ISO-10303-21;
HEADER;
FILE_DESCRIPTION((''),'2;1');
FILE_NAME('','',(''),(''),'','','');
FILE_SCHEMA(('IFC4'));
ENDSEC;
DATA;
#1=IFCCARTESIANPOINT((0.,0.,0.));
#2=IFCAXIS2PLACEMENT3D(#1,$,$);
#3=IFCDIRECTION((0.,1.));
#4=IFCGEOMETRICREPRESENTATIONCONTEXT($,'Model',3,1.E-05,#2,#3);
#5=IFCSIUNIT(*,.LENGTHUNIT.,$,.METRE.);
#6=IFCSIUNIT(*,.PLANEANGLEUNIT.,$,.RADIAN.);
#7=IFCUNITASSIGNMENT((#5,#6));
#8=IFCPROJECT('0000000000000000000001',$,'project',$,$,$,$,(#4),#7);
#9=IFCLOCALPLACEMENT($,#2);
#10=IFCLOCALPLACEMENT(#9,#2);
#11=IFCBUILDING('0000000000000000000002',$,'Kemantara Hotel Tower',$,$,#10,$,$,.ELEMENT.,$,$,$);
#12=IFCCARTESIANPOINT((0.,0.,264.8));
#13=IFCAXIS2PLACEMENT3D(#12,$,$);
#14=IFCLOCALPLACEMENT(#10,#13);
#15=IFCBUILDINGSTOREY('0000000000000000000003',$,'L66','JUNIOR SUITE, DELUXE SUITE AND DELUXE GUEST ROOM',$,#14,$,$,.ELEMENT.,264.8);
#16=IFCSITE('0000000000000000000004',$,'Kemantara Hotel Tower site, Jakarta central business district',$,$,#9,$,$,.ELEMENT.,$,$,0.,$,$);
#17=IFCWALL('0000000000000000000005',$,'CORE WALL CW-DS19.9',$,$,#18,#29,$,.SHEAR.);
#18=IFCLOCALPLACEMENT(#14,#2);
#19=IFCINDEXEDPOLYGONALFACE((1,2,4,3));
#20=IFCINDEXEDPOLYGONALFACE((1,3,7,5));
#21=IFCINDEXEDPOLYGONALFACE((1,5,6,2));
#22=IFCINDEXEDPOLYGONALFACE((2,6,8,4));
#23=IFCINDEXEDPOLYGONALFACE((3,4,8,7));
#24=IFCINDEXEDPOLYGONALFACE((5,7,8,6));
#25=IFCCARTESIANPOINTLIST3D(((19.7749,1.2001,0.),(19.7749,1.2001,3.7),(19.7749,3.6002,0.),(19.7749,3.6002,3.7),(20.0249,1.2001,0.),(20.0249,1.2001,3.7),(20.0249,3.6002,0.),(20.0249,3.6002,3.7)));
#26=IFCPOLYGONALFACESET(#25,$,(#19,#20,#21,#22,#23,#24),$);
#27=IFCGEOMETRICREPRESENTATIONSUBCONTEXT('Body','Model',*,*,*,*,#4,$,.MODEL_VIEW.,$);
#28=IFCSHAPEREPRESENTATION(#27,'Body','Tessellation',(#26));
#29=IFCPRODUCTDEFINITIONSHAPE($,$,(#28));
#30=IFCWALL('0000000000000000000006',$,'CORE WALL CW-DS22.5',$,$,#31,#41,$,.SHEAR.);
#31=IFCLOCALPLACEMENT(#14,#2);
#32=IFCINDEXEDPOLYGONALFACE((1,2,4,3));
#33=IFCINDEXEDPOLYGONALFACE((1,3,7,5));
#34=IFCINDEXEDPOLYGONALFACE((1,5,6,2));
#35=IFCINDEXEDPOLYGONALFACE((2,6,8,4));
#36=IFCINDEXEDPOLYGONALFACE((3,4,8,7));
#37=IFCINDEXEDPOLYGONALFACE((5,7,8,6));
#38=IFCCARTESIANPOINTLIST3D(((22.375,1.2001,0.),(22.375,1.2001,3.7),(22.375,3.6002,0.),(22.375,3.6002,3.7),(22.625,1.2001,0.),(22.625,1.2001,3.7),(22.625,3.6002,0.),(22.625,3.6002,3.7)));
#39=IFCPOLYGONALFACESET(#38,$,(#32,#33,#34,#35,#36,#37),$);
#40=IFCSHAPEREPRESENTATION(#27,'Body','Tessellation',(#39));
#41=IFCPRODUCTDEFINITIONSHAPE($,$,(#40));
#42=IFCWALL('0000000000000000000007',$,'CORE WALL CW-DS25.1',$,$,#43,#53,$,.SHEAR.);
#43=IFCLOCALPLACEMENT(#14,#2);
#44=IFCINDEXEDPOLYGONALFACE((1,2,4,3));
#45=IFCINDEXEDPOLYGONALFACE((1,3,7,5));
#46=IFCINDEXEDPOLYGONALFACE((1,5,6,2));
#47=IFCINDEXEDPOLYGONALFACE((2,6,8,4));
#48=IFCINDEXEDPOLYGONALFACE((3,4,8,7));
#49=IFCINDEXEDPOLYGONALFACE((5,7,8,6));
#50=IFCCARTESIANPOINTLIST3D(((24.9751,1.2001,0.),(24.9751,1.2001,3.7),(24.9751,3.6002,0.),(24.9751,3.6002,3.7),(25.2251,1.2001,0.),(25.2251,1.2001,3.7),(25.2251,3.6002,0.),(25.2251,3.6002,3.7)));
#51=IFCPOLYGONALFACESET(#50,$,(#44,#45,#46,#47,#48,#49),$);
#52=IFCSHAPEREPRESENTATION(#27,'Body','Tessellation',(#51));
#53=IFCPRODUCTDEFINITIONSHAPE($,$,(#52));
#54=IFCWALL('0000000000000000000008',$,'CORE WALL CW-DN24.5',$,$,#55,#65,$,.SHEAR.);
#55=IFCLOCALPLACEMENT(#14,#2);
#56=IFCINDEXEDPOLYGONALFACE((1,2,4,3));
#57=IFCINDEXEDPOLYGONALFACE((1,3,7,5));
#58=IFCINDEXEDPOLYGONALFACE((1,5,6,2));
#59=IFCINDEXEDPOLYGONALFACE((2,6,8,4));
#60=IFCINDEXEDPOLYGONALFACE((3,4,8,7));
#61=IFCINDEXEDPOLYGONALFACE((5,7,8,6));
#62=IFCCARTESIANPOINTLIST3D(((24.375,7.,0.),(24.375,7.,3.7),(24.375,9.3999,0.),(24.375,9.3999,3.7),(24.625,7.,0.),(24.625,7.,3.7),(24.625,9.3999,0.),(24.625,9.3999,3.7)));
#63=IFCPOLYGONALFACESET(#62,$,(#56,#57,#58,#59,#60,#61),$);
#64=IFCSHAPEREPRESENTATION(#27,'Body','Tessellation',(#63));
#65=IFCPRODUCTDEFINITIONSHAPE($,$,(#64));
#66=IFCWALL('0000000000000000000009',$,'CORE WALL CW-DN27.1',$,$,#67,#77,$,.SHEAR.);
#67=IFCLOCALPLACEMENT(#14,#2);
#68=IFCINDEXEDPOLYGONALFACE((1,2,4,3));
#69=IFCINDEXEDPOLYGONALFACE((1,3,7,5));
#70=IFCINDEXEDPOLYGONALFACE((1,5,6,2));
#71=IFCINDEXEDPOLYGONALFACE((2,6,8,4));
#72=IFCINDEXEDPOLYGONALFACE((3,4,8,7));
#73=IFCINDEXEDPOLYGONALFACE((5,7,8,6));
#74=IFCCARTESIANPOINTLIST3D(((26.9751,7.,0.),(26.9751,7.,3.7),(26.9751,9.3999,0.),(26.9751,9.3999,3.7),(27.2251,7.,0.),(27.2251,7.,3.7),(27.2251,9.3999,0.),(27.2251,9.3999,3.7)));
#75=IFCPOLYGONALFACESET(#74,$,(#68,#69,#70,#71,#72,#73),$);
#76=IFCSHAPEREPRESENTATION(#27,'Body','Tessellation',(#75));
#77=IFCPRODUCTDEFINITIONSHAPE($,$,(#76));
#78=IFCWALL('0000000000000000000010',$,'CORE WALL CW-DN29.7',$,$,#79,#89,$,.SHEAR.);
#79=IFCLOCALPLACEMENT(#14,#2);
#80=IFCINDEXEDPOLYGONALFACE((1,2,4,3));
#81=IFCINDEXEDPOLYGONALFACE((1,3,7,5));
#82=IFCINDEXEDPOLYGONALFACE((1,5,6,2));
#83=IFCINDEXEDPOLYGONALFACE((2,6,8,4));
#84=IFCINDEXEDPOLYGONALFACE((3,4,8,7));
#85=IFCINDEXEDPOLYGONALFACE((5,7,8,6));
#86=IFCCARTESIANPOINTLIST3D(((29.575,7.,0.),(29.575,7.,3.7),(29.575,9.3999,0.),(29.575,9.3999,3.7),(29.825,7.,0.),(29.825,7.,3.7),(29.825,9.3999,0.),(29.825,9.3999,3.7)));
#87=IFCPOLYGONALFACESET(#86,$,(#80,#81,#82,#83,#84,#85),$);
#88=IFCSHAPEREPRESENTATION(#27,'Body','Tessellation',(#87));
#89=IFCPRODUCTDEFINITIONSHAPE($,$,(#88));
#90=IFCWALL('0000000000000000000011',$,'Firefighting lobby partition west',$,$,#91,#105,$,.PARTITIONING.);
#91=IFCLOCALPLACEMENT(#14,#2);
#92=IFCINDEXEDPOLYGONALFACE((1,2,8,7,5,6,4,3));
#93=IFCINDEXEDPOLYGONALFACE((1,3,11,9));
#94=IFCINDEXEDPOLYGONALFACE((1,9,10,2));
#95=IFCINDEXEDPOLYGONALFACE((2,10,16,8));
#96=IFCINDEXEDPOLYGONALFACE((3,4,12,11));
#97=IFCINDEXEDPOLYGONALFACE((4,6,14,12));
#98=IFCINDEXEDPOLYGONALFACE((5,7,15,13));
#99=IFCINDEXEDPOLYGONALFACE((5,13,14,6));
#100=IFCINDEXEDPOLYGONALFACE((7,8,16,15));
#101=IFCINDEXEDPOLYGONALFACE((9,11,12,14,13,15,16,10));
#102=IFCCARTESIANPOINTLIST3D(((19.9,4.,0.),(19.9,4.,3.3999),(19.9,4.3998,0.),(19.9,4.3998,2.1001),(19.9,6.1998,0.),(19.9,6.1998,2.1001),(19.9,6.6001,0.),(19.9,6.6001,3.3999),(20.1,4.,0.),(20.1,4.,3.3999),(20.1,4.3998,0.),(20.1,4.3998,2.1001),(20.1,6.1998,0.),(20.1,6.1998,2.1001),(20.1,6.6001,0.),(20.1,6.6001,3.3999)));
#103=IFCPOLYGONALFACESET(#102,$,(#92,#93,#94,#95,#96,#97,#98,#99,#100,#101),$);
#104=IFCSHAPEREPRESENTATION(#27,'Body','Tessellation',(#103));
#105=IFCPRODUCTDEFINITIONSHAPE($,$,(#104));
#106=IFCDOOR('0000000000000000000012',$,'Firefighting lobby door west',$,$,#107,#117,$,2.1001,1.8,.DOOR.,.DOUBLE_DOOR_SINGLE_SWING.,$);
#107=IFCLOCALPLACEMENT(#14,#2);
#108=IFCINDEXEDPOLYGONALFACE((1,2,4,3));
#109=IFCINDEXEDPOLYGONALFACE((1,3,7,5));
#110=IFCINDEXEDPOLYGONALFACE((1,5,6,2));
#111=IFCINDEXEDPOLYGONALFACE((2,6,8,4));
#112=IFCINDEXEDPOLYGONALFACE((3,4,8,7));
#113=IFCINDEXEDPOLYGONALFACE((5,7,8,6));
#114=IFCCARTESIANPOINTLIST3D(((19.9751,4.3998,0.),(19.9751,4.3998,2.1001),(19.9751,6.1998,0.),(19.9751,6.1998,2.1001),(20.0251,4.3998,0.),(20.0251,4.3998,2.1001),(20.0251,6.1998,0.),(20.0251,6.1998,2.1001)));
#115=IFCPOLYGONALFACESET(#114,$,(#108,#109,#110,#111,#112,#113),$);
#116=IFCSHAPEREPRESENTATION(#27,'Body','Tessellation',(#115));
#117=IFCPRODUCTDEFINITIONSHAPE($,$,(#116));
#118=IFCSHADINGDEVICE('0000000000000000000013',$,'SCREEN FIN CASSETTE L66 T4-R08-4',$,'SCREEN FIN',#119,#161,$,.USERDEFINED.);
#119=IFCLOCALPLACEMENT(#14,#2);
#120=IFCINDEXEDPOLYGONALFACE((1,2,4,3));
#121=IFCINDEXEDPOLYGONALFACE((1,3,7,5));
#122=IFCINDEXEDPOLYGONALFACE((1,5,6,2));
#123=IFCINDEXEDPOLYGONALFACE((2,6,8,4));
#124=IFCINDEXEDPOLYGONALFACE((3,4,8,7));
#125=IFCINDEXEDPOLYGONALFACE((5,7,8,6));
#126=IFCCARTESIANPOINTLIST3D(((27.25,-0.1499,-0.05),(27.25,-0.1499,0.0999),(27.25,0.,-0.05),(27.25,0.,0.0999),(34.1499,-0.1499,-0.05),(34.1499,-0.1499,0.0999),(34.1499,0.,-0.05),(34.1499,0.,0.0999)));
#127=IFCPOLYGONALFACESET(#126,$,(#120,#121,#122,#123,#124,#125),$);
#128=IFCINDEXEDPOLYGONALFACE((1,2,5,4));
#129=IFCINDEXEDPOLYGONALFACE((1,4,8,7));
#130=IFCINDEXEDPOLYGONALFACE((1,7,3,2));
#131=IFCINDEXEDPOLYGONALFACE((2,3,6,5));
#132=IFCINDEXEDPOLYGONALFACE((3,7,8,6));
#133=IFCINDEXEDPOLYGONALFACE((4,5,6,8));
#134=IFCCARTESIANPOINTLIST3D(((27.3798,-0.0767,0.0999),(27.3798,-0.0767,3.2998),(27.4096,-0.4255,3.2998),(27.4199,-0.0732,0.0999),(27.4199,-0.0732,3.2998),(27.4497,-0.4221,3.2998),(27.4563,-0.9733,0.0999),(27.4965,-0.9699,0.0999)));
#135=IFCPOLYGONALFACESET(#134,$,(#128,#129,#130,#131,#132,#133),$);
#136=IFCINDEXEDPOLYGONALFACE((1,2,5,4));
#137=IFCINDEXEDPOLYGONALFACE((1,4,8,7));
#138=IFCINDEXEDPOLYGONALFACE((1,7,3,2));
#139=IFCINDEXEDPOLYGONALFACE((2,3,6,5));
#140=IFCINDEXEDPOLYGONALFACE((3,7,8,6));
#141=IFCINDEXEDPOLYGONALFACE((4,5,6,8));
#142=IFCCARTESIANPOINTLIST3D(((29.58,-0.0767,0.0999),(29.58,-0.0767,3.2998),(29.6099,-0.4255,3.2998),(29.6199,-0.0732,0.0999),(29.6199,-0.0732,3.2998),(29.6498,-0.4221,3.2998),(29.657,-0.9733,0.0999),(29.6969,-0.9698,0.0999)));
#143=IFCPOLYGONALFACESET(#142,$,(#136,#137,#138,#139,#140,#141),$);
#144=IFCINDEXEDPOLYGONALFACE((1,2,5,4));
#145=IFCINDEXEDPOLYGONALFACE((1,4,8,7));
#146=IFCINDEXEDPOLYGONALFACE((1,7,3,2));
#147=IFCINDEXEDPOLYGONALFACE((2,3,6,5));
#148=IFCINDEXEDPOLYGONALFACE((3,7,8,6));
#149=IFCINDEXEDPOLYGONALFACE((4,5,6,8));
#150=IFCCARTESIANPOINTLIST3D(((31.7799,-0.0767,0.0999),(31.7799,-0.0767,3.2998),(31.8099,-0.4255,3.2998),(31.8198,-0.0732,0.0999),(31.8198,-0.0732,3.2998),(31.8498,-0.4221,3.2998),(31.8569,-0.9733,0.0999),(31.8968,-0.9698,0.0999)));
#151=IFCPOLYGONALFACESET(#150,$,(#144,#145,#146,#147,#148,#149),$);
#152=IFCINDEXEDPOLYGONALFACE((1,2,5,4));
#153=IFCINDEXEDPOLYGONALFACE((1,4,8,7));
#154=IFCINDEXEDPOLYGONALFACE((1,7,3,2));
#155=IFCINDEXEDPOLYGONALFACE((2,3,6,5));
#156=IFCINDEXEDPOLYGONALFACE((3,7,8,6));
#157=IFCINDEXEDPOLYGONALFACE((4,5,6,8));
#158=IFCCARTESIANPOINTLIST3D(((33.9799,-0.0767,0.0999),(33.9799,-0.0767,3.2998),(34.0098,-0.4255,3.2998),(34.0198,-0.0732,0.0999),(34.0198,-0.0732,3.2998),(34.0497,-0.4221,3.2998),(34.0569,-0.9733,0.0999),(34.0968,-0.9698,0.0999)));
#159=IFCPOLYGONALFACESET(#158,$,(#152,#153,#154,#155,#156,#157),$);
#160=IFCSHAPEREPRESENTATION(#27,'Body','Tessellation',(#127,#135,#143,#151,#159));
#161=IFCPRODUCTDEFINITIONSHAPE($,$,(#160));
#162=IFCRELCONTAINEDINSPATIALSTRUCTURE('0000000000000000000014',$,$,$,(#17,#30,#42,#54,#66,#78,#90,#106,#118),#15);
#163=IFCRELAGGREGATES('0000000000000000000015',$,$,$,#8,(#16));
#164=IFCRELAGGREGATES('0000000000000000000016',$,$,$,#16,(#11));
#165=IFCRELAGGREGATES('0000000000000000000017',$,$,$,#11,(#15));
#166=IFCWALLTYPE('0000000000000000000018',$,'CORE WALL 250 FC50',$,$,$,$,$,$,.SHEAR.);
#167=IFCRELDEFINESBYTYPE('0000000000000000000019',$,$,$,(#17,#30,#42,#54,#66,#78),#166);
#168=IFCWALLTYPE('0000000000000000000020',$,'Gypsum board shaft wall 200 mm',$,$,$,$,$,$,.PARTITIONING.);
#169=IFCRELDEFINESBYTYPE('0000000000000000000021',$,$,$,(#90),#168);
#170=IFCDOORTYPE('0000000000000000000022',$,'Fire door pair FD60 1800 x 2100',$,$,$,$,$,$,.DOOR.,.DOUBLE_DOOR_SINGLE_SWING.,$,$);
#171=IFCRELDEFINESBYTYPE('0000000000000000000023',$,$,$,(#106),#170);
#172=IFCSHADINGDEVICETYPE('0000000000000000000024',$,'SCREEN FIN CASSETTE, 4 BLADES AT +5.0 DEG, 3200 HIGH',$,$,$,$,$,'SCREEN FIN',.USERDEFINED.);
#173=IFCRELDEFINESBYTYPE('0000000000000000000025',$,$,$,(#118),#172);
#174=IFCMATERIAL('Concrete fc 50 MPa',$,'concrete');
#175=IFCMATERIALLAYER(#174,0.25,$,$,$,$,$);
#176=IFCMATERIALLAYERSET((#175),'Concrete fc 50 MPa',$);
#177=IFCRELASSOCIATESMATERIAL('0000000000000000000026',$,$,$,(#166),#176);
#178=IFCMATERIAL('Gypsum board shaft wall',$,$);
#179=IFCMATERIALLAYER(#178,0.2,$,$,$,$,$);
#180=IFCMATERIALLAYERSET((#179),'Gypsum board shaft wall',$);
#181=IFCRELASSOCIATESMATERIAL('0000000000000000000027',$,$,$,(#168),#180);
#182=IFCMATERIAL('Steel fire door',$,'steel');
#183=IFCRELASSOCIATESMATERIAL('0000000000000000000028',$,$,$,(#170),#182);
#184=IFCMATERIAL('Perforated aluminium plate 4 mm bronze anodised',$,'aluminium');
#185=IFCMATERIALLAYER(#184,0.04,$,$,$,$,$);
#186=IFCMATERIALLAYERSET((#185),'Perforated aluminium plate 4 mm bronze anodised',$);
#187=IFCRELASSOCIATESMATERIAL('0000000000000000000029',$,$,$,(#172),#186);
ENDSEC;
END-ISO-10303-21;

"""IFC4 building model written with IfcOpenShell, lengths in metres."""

from ifc_helpers import new_model, si_unit, direction, frame, frame_2d, origin, origin_2d, place, context, subcontext, project, spatial, polyline, rectangle, outline, extrude, source, transform, mapped, material, layer, layer_set, type_object, element, fill, save


model = new_model("IFC4")

# Units and contexts
model_context = context("Model", 3, precision=1e-05, world=origin(), true_north=direction((0.0, 1.0)))
body_context = subcontext(model_context, "Body", "Model", "MODEL_VIEW")
ifc_project = project(units=[si_unit("LENGTHUNIT", "METRE"), si_unit("PLANEANGLEUNIT", "RADIAN")], contexts=[model_context])

# Site, building, storey
site_placement = place(None, origin())
site = spatial("IfcSite", under=ifc_project, at=site_placement, Name="Kemantara Hotel Tower site, Jakarta central business district", CompositionType="ELEMENT", RefElevation=0.0)
building_placement = place(site_placement, origin())
building = spatial("IfcBuilding", under=site, at=building_placement, Name="Kemantara Hotel Tower", CompositionType="ELEMENT")
storey_placement = place(building_placement, frame((0.0, 0.0, 264.8)))
storey = spatial("IfcBuildingStorey", under=building, at=storey_placement, Name="L66", Description="JUNIOR SUITE, DELUXE SUITE AND DELUXE GUEST ROOM", CompositionType="ELEMENT", Elevation=264.8)

# Walls
ifc_material_1 = material(Name="Concrete fc 50 MPa", Category="concrete")
ifc_layer_1 = layer(ifc_material_1, 0.25)
ifc_layer_set_1 = layer_set([ifc_layer_1], Name="Concrete fc 50 MPa")
wall_type_1 = type_object("IfcWallType", Name="CORE WALL 250 FC50", PredefinedType="SHEAR", material=ifc_layer_set_1)
for number, where, z_axis, x_axis, name in (
    (1, (19.8999, 1.2, 0.0), (0.0, 0.0, 1.0), (0.0, 1.0, 0.0), "CORE WALL CW-DS19.9"),
    (2, (22.5, 1.2, 0.0), (0.0, 0.0, 1.0), (0.0, 1.0, 0.0), "CORE WALL CW-DS22.5"),
    (3, (25.1001, 1.2, 0.0), (0.0, 0.0, 1.0), (0.0, 1.0, 0.0), "CORE WALL CW-DS25.1"),
):
    element("IfcWall", number, at=place(storey_placement, frame(where, z_axis=z_axis, x_axis=x_axis)), inside=storey, type_object=wall_type_1, Name=name, PredefinedType="SHEAR", context=body_context, shape_type="SweptSolid", body=[
        extrude(rectangle(XDim=2.4001, YDim=0.25, at=frame_2d((1.2002, 0.0))), origin(), (0.0, 0.0, 1.0), 3.7),
    ])
for number, where, z_axis, x_axis, name in (
    (4, (24.5, 7.0, 0.0), (0.0, 0.0, 1.0), (0.0, 1.0, 0.0), "CORE WALL CW-DN24.5"),
    (5, (27.1001, 7.0, 0.0), (0.0, 0.0, 1.0), (0.0, 1.0, 0.0), "CORE WALL CW-DN27.1"),
    (6, (29.7, 7.0, 0.0), (0.0, 0.0, 1.0), (0.0, 1.0, 0.0), "CORE WALL CW-DN29.7"),
):
    element("IfcWall", number, at=place(storey_placement, frame(where, z_axis=z_axis, x_axis=x_axis)), inside=storey, type_object=wall_type_1, Name=name, PredefinedType="SHEAR", context=body_context, shape_type="SweptSolid", body=[
        extrude(rectangle(XDim=2.3999, YDim=0.25, at=frame_2d((1.2, 0.0))), origin(), (0.0, 0.0, 1.0), 3.7),
    ])

# Wall, opening, door
ifc_material_2 = material(Name="Gypsum board shaft wall")
ifc_layer_2 = layer(ifc_material_2, 0.2)
ifc_layer_set_2 = layer_set([ifc_layer_2], Name="Gypsum board shaft wall")
wall_type_2 = type_object("IfcWallType", Name="Gypsum board shaft wall 200 mm", PredefinedType="PARTITIONING", material=ifc_layer_set_2)
wall_placement = place(storey_placement, frame((20.0, 4.0, 0.0), z_axis=(0.0, 0.0, 1.0), x_axis=(0.0, 1.0, 0.0)))
wall = element("IfcWall", 7, at=wall_placement, inside=storey, type_object=wall_type_2, Name="Firefighting lobby partition west", PredefinedType="PARTITIONING", context=body_context, shape_type="SweptSolid", body=[
    extrude(rectangle(XDim=2.6001, YDim=0.2, at=frame_2d((1.3, 0.0))), origin(), (0.0, 0.0, 1.0), 3.3999),
])
opening_placement = place(wall_placement, frame((0.3999, 0.0, 0.0)))
opening = element("IfcOpeningElement", 8, at=opening_placement, cuts=wall, PredefinedType="OPENING", context=body_context, shape_type="SweptSolid", body=[
    extrude(rectangle(XDim=1.8, YDim=2.1001, at=frame_2d((0.8999, 1.05))), frame((0.0, 0.1099, 0.0), z_axis=(0.0, -1.0, 0.0), x_axis=(1.0, 0.0, 0.0)), (0.0, 0.0, 1.0), 0.22),
])
ifc_material_3 = material(Name="Steel fire door", Category="steel")
door_type = type_object("IfcDoorType", Name="Fire door pair FD60 1800 x 2100", OperationType="DOUBLE_DOOR_SINGLE_SWING", PredefinedType="DOOR", material=ifc_material_3)
door_placement = place(opening_placement, origin())
door = element("IfcDoor", 9, at=door_placement, inside=storey, type_object=door_type, Name="Firefighting lobby door west", OperationType="DOUBLE_DOOR_SINGLE_SWING", OverallHeight=2.1001, OverallWidth=1.8, PredefinedType="DOOR", context=body_context, shape_type="SweptSolid", body=[
    extrude(rectangle(XDim=1.8, YDim=2.1001, at=frame_2d((0.8999, 1.05))), frame((0.0, 0.0249, 0.0), z_axis=(0.0, -1.0, 0.0), x_axis=(1.0, 0.0, 0.0)), (0.0, 0.0, 1.0), 0.05),
])
fill(opening, door)

# Shading device
ifc_material_4 = material(Name="Perforated aluminium plate 4 mm bronze anodised", Category="aluminium")
ifc_layer_3 = layer(ifc_material_4, 0.04)
ifc_layer_set_3 = layer_set([ifc_layer_3], Name="Perforated aluminium plate 4 mm bronze anodised")
shading_device_type = type_object("IfcShadingDeviceType", Name="SCREEN FIN CASSETTE, 4 BLADES AT +5.0 DEG, 3200 HIGH", ElementType="SCREEN FIN", PredefinedType="USERDEFINED", material=ifc_layer_set_3)
shared_shape = source(origin(), body_context, "Body", "SweptSolid", [
    extrude(rectangle(XDim=6.8999, YDim=0.1499, at=origin_2d()), frame((3.3, -0.075, -0.1499), z_axis=(0.0, 0.0, 1.0), x_axis=(1.0, 0.0, 0.0)), (0.0, 0.0, 1.0), 0.1499),
    extrude(outline(polyline([(0.0, 0.0), (0.8999, 0.0), (0.3501, 3.2), (0.0, 3.2), (0.0, 0.0)])), frame((0.02, -0.0732, 0.0), z_axis=(-0.996376, -0.085056, 0.0), x_axis=(0.085056, -0.996376, 0.0)), (0.0, 0.0, 1.0), 0.0403),
    extrude(outline(polyline([(0.0, 0.0), (0.8999, 0.0), (0.3501, 3.2), (0.0, 3.2), (0.0, 0.0)])), frame((2.22, -0.0732, 0.0), z_axis=(-0.996332, -0.085575, 0.0), x_axis=(0.085575, -0.996332, 0.0)), (0.0, 0.0, 1.0), 0.04),
    extrude(outline(polyline([(0.0, 0.0), (0.8999, 0.0), (0.3501, 3.2), (0.0, 3.2), (0.0, 0.0)])), frame((4.4199, -0.0732, 0.0), z_axis=(-0.996332, -0.085575, 0.0), x_axis=(0.085575, -0.996332, 0.0)), (0.0, 0.0, 1.0), 0.04),
    extrude(outline(polyline([(0.0, 0.0), (0.8999, 0.0), (0.3501, 3.2), (0.0, 3.2), (0.0, 0.0)])), frame((6.6199, -0.0732, 0.0), z_axis=(-0.996332, -0.085575, 0.0), x_axis=(0.085575, -0.996332, 0.0)), (0.0, 0.0, 1.0), 0.04),
])
shading_device_placement = place(storey_placement, frame((27.3999, 0.0, 0.0999), z_axis=(0.0, 0.0, 1.0), x_axis=(1.0, 0.0, 0.0)))
element("IfcShadingDevice", 10, at=shading_device_placement, inside=storey, type_object=shading_device_type, Name="SCREEN FIN CASSETTE L66 T4-R08-4", ObjectType="SCREEN FIN", PredefinedType="USERDEFINED", context=body_context, shape_type="MappedRepresentation", body=[
    mapped(shared_shape, transform((0.0, 0.0, 0.0))),
])

save(model, "model.ifc")
